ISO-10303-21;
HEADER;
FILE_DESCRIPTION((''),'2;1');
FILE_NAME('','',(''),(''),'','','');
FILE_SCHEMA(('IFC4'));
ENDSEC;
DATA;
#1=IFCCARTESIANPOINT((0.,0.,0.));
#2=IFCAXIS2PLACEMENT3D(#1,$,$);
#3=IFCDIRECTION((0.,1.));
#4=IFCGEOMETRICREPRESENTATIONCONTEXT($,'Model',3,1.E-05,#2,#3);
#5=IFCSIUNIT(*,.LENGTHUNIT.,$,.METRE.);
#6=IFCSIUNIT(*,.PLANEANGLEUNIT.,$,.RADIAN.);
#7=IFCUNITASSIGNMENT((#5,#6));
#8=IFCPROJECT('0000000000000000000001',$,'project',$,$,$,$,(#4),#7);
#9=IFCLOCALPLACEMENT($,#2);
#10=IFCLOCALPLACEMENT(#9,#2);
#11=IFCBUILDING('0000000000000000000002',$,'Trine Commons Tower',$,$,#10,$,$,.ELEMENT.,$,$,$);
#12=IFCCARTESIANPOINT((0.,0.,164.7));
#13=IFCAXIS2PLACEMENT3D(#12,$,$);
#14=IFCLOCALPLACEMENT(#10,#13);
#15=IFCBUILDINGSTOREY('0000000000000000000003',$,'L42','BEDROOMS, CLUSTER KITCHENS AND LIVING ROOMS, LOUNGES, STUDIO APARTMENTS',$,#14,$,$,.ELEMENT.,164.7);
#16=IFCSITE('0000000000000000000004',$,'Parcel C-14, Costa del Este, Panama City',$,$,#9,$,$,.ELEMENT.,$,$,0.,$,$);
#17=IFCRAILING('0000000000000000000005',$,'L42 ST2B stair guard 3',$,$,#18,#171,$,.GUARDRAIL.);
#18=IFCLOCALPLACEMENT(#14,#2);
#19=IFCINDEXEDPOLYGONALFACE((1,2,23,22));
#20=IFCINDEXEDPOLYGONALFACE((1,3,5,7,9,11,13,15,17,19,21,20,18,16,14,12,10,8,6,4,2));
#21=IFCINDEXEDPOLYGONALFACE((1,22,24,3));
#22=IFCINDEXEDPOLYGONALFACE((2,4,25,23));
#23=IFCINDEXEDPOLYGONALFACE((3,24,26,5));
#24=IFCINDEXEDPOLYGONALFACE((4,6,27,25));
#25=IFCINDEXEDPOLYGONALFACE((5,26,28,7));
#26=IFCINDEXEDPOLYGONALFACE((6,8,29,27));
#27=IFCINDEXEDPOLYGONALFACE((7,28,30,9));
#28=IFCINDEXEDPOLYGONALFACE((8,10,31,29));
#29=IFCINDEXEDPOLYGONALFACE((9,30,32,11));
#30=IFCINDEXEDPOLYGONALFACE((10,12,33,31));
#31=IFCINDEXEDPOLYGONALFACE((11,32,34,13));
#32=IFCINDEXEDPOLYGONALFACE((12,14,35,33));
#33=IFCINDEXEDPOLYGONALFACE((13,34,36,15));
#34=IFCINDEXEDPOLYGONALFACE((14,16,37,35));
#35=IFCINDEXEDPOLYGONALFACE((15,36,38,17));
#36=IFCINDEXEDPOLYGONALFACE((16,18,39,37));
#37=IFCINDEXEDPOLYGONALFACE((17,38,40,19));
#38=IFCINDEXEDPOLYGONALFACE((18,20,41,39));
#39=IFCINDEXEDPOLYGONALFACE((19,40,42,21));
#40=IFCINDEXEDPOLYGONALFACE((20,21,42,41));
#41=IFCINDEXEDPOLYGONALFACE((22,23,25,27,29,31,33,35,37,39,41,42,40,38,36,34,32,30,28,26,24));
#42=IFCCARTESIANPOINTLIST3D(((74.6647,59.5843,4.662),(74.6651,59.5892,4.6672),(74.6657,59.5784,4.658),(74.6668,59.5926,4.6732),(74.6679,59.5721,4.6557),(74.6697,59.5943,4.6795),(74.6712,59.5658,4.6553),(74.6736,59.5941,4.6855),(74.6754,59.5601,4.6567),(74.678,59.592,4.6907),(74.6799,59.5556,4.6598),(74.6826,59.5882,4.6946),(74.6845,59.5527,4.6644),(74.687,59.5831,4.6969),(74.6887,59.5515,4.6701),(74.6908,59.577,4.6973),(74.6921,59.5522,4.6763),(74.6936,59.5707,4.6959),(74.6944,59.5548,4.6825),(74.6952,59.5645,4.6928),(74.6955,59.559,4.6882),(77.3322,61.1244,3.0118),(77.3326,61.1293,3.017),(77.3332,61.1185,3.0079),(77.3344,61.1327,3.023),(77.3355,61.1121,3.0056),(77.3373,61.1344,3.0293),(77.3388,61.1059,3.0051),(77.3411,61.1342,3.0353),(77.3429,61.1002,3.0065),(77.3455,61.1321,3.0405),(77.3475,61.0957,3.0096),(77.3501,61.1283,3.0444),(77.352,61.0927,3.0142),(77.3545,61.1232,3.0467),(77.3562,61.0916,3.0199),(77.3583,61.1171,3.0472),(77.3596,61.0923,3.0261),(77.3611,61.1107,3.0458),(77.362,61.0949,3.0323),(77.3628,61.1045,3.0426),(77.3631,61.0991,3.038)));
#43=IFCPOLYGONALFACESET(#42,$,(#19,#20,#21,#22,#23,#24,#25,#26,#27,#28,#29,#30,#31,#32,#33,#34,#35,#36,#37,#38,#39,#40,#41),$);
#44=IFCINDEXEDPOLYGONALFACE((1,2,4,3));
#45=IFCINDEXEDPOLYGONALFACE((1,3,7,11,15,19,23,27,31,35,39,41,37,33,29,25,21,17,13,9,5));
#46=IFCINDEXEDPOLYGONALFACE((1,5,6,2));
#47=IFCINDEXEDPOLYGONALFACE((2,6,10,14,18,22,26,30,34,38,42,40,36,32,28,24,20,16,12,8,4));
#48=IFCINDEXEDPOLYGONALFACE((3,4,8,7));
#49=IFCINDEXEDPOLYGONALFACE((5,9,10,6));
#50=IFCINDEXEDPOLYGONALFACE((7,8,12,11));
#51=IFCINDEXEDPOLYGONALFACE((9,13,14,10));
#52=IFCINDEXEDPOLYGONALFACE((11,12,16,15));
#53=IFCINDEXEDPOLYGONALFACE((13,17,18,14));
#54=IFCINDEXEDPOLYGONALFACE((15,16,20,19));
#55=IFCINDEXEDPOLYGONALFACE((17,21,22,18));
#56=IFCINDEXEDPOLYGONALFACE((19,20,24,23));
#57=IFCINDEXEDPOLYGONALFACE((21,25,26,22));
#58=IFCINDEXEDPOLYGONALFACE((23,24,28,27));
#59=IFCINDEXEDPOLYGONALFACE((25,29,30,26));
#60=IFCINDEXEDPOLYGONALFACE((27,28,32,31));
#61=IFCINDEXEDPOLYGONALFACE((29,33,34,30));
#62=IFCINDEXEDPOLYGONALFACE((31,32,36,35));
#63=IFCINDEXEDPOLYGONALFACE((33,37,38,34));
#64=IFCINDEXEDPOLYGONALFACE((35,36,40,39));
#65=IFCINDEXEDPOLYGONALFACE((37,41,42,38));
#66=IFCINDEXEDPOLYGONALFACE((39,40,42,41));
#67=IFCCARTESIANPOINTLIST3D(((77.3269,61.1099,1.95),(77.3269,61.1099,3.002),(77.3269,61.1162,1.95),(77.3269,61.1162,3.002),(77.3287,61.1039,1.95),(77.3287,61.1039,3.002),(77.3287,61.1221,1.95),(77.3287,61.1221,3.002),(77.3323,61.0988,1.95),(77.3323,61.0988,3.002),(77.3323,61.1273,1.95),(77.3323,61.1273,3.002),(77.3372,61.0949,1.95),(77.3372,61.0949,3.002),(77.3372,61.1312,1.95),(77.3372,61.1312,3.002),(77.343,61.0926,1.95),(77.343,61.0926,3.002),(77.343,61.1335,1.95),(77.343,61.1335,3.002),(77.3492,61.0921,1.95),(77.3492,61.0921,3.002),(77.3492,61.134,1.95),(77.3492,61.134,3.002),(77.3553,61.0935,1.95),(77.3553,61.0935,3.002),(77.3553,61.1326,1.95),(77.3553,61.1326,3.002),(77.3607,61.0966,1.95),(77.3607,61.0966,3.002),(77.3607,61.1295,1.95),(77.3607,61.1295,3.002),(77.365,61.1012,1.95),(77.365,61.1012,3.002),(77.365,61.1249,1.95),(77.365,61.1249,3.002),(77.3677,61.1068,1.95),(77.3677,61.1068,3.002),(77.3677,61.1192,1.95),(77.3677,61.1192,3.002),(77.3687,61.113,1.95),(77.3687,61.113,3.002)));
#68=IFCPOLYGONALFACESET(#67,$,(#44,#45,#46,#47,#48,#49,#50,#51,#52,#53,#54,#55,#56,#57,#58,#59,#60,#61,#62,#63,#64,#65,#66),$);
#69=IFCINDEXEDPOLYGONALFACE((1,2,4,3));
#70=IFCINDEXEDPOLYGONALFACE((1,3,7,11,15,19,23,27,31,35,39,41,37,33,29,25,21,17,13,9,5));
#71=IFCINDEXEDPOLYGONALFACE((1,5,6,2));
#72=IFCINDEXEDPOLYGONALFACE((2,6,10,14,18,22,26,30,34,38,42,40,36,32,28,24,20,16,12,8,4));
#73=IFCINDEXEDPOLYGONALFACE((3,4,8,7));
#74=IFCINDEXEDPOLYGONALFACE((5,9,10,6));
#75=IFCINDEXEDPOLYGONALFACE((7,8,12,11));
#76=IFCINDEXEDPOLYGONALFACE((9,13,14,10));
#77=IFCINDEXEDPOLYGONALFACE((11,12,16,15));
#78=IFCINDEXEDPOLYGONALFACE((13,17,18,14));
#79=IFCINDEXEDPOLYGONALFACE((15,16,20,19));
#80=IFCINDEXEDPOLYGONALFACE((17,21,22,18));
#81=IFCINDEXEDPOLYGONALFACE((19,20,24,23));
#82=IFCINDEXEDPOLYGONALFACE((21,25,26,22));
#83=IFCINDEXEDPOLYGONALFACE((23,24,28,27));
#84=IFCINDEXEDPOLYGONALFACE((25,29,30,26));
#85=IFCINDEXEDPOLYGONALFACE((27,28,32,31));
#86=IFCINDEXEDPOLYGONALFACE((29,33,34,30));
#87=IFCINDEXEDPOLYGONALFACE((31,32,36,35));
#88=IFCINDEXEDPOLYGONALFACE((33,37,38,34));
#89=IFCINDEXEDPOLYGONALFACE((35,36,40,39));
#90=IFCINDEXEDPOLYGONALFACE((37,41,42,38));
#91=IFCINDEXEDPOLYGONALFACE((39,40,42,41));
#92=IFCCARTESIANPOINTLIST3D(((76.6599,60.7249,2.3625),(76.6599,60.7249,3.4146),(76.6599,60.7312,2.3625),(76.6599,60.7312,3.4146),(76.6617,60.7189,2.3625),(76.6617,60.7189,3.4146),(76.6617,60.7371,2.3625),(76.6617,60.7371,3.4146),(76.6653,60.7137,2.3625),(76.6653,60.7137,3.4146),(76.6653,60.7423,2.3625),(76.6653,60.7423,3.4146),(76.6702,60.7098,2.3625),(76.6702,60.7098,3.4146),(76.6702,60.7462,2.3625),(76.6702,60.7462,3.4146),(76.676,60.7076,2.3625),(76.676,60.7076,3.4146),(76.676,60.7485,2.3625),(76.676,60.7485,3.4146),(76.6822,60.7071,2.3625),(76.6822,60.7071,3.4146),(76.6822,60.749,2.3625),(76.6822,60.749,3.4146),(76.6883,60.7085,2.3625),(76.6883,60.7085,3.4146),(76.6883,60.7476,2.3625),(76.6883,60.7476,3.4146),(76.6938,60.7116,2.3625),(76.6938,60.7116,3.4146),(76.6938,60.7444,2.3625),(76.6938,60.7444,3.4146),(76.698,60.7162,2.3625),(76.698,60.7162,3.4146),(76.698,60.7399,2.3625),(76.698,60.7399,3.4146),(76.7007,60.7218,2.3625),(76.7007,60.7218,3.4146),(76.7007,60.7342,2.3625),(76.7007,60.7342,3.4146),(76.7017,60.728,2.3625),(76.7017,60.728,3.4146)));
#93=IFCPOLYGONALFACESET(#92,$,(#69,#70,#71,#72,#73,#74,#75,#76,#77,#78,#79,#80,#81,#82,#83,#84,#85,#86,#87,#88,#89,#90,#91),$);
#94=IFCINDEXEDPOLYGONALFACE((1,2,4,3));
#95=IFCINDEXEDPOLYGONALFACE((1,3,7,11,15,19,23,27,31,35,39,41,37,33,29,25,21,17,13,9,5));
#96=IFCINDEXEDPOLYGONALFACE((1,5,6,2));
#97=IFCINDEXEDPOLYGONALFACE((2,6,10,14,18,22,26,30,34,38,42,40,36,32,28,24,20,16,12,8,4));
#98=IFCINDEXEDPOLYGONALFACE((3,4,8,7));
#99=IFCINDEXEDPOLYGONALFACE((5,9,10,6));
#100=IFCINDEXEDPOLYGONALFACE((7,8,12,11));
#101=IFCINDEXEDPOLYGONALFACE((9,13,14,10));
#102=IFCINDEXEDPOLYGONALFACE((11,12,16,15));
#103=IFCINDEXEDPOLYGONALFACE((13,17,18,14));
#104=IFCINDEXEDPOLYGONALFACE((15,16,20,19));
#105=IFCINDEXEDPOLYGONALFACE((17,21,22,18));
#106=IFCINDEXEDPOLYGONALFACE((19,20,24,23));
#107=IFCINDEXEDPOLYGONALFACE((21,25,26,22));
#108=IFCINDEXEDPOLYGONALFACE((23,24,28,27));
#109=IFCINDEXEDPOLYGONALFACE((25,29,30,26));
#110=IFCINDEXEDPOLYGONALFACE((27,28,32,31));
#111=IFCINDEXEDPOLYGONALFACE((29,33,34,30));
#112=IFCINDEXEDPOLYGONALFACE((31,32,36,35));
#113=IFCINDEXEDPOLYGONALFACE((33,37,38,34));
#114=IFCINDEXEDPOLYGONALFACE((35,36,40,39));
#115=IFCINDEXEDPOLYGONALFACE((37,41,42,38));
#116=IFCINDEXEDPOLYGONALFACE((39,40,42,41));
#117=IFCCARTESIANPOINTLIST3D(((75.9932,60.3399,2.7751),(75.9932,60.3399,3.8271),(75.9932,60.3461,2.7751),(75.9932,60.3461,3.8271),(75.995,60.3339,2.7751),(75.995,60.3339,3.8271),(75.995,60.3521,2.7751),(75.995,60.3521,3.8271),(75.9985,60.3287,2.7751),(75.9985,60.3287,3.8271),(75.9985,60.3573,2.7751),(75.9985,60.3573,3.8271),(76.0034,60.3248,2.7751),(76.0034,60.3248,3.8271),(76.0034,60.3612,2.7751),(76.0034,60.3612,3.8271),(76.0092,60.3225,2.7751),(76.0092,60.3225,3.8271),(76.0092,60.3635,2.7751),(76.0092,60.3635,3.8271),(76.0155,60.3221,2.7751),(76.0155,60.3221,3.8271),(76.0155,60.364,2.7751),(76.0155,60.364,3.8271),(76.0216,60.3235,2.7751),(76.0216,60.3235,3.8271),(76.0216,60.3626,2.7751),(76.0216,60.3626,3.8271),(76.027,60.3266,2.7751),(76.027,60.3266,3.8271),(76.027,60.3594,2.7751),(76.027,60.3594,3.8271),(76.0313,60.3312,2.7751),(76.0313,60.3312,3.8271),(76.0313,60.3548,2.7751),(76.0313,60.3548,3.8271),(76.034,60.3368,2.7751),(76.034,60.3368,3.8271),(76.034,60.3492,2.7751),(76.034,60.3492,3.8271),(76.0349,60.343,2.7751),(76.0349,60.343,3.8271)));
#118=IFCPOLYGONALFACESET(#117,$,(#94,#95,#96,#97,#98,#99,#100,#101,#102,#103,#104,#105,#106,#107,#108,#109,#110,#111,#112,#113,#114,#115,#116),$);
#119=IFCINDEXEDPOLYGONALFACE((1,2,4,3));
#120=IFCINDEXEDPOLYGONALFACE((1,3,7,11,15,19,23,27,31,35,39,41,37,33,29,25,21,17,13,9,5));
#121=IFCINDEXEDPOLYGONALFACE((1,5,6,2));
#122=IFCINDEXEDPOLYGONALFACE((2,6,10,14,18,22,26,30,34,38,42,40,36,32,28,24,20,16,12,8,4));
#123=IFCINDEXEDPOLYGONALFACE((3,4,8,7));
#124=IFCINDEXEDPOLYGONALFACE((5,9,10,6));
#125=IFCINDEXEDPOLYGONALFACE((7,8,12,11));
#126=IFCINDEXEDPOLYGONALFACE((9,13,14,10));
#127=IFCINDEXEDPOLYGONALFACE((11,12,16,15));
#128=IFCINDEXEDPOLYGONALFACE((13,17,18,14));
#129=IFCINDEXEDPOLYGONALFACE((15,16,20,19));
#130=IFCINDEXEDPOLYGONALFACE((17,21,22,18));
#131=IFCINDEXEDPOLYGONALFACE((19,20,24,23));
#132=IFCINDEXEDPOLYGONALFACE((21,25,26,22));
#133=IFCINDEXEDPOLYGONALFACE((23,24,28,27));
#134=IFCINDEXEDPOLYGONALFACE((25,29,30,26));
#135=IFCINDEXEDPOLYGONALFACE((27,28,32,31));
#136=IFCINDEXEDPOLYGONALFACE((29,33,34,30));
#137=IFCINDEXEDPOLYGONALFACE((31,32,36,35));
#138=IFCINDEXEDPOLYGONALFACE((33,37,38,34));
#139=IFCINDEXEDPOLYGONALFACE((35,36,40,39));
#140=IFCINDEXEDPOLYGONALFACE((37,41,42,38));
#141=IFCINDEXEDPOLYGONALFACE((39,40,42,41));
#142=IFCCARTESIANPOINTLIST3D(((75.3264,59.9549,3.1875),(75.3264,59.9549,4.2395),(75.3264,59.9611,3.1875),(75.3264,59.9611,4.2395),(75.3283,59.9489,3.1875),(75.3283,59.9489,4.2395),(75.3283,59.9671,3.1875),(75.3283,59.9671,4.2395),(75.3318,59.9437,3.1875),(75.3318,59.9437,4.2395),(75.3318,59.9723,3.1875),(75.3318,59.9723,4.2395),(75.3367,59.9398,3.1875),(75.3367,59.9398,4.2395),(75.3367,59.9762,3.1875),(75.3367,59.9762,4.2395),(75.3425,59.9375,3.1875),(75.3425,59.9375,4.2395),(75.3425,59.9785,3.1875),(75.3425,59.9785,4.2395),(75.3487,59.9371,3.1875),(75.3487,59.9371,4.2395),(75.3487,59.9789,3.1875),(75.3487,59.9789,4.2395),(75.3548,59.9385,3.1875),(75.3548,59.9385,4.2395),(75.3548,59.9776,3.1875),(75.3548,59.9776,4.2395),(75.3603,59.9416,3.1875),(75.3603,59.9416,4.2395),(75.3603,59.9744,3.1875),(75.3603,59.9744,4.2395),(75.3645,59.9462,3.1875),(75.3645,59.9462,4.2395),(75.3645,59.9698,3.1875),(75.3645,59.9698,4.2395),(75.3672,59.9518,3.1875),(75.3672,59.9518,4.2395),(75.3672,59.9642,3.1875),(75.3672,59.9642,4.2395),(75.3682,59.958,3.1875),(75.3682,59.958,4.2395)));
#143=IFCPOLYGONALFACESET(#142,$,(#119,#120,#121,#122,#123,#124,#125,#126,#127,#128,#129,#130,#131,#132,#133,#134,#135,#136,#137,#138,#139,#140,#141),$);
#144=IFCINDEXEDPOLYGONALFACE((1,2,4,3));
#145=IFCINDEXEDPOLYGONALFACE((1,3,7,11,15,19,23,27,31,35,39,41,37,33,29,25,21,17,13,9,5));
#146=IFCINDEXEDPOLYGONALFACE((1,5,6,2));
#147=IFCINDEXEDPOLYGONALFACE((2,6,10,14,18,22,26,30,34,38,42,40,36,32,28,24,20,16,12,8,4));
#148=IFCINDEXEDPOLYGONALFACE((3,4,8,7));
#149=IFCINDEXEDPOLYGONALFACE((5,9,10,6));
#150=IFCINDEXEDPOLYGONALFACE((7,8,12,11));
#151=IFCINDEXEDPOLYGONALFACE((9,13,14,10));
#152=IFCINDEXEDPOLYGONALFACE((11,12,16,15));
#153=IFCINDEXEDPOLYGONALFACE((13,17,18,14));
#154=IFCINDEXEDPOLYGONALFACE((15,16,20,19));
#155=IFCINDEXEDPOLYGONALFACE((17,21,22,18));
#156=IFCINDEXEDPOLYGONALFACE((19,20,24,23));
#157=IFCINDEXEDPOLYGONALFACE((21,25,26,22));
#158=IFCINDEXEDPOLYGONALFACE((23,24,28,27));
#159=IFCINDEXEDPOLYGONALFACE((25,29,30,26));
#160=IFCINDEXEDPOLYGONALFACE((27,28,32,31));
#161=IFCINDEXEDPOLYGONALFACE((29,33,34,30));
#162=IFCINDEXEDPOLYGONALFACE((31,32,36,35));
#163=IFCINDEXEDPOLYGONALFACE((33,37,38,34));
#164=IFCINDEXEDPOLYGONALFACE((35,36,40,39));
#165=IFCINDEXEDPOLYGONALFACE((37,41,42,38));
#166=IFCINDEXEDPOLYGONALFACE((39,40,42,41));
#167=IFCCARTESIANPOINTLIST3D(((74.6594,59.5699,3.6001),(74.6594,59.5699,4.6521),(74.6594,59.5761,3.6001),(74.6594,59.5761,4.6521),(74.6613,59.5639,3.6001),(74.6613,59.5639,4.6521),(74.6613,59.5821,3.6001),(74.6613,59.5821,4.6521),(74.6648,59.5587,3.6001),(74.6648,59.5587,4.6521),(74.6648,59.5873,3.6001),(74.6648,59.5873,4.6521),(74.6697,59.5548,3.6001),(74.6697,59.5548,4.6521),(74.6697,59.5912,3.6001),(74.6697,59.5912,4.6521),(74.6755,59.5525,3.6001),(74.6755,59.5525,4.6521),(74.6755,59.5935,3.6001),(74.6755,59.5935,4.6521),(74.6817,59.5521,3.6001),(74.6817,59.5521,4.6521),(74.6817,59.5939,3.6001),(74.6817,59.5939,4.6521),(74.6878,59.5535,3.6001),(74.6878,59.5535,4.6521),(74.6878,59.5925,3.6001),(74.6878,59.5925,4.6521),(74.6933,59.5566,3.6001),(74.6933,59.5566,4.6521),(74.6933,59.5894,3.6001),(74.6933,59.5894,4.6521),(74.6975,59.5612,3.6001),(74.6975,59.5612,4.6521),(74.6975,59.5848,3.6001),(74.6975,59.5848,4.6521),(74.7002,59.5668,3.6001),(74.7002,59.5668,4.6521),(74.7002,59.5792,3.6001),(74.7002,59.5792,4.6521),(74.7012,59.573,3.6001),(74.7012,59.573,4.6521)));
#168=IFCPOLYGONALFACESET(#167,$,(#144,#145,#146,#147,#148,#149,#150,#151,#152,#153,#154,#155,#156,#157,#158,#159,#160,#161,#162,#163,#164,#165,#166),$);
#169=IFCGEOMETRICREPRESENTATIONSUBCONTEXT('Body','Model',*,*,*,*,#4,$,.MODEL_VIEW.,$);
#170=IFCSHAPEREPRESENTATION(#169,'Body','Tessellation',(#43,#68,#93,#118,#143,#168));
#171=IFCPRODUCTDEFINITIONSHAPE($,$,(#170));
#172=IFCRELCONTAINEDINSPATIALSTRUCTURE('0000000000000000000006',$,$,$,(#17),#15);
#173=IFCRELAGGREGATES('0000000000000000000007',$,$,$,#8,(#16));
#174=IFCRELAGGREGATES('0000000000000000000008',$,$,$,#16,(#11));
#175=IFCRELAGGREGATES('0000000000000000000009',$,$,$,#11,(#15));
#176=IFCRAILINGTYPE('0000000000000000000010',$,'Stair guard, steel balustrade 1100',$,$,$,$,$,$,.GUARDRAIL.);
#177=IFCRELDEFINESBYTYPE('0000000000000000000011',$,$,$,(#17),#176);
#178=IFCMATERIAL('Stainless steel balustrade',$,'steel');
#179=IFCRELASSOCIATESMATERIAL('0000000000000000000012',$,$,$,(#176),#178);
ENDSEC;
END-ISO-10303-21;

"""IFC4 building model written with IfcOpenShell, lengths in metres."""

from ifc_helpers import new_model, si_unit, direction, frame, origin, origin_2d, place, context, subcontext, project, spatial, circle, extrude, material, type_object, element, save


model = new_model("IFC4")

# Units and contexts
model_context = context("Model", 3, precision=1e-05, world=origin(), true_north=direction((0.0, 1.0)))
body_context = subcontext(model_context, "Body", "Model", "MODEL_VIEW")
ifc_project = project(units=[si_unit("LENGTHUNIT", "METRE"), si_unit("PLANEANGLEUNIT", "RADIAN")], contexts=[model_context])

# Site, building, storey
site_placement = place(None, origin())
site = spatial("IfcSite", under=ifc_project, at=site_placement, Name="Parcel C-14, Costa del Este, Panama City", CompositionType="ELEMENT", RefElevation=0.0)
building_placement = place(site_placement, origin())
building = spatial("IfcBuilding", under=site, at=building_placement, Name="Trine Commons Tower", CompositionType="ELEMENT")
storey_placement = place(building_placement, frame((0.0, 0.0, 164.7)))
storey = spatial("IfcBuildingStorey", under=building, at=storey_placement, Name="L42", Description="BEDROOMS, CLUSTER KITCHENS AND LIVING ROOMS, LOUNGES, STUDIO APARTMENTS", CompositionType="ELEMENT", Elevation=164.7)

# Railing
ifc_material_1 = material(Name="Stainless steel balustrade", Category="steel")
railing_type_1 = type_object("IfcRailingType", Name="Stair guard, steel balustrade 1100", PredefinedType="GUARDRAIL", material=ifc_material_1)
railing_1_placement = place(storey_placement, frame((77.3477, 61.113, 1.95)))
element("IfcRailing", 1, at=railing_1_placement, inside=storey, type_object=railing_type_1, Name="L42 ST2B stair guard 3", PredefinedType="GUARDRAIL", context=body_context, shape_type="SweptSolid", body=[
    extrude(circle(Radius=0.0239, at=origin_2d()), frame((0.0, 0.0, 1.0762), z_axis=(-0.76338, -0.440728, 0.472239), x_axis=(0.499992, -0.86603, 0.0)), (0.0, 0.0, 1.0), 3.4944),
    extrude(circle(Radius=0.021, at=origin_2d()), origin(), (0.0, 0.0, 1.0), 1.052),
    extrude(circle(Radius=0.021, at=origin_2d()), frame((-0.667, -0.385, 0.4126)), (0.0, 0.0, 1.0), 1.052),
    extrude(circle(Radius=0.021, at=origin_2d()), frame((-1.3337, -0.77, 0.8252)), (0.0, 0.0, 1.0), 1.052),
    extrude(circle(Radius=0.021, at=origin_2d()), frame((-2.0005, -1.155, 1.2375)), (0.0, 0.0, 1.0), 1.052),
    extrude(circle(Radius=0.021, at=origin_2d()), frame((-2.6675, -1.54, 1.6501)), (0.0, 0.0, 1.0), 1.052),
])

save(model, "model.ifc")
